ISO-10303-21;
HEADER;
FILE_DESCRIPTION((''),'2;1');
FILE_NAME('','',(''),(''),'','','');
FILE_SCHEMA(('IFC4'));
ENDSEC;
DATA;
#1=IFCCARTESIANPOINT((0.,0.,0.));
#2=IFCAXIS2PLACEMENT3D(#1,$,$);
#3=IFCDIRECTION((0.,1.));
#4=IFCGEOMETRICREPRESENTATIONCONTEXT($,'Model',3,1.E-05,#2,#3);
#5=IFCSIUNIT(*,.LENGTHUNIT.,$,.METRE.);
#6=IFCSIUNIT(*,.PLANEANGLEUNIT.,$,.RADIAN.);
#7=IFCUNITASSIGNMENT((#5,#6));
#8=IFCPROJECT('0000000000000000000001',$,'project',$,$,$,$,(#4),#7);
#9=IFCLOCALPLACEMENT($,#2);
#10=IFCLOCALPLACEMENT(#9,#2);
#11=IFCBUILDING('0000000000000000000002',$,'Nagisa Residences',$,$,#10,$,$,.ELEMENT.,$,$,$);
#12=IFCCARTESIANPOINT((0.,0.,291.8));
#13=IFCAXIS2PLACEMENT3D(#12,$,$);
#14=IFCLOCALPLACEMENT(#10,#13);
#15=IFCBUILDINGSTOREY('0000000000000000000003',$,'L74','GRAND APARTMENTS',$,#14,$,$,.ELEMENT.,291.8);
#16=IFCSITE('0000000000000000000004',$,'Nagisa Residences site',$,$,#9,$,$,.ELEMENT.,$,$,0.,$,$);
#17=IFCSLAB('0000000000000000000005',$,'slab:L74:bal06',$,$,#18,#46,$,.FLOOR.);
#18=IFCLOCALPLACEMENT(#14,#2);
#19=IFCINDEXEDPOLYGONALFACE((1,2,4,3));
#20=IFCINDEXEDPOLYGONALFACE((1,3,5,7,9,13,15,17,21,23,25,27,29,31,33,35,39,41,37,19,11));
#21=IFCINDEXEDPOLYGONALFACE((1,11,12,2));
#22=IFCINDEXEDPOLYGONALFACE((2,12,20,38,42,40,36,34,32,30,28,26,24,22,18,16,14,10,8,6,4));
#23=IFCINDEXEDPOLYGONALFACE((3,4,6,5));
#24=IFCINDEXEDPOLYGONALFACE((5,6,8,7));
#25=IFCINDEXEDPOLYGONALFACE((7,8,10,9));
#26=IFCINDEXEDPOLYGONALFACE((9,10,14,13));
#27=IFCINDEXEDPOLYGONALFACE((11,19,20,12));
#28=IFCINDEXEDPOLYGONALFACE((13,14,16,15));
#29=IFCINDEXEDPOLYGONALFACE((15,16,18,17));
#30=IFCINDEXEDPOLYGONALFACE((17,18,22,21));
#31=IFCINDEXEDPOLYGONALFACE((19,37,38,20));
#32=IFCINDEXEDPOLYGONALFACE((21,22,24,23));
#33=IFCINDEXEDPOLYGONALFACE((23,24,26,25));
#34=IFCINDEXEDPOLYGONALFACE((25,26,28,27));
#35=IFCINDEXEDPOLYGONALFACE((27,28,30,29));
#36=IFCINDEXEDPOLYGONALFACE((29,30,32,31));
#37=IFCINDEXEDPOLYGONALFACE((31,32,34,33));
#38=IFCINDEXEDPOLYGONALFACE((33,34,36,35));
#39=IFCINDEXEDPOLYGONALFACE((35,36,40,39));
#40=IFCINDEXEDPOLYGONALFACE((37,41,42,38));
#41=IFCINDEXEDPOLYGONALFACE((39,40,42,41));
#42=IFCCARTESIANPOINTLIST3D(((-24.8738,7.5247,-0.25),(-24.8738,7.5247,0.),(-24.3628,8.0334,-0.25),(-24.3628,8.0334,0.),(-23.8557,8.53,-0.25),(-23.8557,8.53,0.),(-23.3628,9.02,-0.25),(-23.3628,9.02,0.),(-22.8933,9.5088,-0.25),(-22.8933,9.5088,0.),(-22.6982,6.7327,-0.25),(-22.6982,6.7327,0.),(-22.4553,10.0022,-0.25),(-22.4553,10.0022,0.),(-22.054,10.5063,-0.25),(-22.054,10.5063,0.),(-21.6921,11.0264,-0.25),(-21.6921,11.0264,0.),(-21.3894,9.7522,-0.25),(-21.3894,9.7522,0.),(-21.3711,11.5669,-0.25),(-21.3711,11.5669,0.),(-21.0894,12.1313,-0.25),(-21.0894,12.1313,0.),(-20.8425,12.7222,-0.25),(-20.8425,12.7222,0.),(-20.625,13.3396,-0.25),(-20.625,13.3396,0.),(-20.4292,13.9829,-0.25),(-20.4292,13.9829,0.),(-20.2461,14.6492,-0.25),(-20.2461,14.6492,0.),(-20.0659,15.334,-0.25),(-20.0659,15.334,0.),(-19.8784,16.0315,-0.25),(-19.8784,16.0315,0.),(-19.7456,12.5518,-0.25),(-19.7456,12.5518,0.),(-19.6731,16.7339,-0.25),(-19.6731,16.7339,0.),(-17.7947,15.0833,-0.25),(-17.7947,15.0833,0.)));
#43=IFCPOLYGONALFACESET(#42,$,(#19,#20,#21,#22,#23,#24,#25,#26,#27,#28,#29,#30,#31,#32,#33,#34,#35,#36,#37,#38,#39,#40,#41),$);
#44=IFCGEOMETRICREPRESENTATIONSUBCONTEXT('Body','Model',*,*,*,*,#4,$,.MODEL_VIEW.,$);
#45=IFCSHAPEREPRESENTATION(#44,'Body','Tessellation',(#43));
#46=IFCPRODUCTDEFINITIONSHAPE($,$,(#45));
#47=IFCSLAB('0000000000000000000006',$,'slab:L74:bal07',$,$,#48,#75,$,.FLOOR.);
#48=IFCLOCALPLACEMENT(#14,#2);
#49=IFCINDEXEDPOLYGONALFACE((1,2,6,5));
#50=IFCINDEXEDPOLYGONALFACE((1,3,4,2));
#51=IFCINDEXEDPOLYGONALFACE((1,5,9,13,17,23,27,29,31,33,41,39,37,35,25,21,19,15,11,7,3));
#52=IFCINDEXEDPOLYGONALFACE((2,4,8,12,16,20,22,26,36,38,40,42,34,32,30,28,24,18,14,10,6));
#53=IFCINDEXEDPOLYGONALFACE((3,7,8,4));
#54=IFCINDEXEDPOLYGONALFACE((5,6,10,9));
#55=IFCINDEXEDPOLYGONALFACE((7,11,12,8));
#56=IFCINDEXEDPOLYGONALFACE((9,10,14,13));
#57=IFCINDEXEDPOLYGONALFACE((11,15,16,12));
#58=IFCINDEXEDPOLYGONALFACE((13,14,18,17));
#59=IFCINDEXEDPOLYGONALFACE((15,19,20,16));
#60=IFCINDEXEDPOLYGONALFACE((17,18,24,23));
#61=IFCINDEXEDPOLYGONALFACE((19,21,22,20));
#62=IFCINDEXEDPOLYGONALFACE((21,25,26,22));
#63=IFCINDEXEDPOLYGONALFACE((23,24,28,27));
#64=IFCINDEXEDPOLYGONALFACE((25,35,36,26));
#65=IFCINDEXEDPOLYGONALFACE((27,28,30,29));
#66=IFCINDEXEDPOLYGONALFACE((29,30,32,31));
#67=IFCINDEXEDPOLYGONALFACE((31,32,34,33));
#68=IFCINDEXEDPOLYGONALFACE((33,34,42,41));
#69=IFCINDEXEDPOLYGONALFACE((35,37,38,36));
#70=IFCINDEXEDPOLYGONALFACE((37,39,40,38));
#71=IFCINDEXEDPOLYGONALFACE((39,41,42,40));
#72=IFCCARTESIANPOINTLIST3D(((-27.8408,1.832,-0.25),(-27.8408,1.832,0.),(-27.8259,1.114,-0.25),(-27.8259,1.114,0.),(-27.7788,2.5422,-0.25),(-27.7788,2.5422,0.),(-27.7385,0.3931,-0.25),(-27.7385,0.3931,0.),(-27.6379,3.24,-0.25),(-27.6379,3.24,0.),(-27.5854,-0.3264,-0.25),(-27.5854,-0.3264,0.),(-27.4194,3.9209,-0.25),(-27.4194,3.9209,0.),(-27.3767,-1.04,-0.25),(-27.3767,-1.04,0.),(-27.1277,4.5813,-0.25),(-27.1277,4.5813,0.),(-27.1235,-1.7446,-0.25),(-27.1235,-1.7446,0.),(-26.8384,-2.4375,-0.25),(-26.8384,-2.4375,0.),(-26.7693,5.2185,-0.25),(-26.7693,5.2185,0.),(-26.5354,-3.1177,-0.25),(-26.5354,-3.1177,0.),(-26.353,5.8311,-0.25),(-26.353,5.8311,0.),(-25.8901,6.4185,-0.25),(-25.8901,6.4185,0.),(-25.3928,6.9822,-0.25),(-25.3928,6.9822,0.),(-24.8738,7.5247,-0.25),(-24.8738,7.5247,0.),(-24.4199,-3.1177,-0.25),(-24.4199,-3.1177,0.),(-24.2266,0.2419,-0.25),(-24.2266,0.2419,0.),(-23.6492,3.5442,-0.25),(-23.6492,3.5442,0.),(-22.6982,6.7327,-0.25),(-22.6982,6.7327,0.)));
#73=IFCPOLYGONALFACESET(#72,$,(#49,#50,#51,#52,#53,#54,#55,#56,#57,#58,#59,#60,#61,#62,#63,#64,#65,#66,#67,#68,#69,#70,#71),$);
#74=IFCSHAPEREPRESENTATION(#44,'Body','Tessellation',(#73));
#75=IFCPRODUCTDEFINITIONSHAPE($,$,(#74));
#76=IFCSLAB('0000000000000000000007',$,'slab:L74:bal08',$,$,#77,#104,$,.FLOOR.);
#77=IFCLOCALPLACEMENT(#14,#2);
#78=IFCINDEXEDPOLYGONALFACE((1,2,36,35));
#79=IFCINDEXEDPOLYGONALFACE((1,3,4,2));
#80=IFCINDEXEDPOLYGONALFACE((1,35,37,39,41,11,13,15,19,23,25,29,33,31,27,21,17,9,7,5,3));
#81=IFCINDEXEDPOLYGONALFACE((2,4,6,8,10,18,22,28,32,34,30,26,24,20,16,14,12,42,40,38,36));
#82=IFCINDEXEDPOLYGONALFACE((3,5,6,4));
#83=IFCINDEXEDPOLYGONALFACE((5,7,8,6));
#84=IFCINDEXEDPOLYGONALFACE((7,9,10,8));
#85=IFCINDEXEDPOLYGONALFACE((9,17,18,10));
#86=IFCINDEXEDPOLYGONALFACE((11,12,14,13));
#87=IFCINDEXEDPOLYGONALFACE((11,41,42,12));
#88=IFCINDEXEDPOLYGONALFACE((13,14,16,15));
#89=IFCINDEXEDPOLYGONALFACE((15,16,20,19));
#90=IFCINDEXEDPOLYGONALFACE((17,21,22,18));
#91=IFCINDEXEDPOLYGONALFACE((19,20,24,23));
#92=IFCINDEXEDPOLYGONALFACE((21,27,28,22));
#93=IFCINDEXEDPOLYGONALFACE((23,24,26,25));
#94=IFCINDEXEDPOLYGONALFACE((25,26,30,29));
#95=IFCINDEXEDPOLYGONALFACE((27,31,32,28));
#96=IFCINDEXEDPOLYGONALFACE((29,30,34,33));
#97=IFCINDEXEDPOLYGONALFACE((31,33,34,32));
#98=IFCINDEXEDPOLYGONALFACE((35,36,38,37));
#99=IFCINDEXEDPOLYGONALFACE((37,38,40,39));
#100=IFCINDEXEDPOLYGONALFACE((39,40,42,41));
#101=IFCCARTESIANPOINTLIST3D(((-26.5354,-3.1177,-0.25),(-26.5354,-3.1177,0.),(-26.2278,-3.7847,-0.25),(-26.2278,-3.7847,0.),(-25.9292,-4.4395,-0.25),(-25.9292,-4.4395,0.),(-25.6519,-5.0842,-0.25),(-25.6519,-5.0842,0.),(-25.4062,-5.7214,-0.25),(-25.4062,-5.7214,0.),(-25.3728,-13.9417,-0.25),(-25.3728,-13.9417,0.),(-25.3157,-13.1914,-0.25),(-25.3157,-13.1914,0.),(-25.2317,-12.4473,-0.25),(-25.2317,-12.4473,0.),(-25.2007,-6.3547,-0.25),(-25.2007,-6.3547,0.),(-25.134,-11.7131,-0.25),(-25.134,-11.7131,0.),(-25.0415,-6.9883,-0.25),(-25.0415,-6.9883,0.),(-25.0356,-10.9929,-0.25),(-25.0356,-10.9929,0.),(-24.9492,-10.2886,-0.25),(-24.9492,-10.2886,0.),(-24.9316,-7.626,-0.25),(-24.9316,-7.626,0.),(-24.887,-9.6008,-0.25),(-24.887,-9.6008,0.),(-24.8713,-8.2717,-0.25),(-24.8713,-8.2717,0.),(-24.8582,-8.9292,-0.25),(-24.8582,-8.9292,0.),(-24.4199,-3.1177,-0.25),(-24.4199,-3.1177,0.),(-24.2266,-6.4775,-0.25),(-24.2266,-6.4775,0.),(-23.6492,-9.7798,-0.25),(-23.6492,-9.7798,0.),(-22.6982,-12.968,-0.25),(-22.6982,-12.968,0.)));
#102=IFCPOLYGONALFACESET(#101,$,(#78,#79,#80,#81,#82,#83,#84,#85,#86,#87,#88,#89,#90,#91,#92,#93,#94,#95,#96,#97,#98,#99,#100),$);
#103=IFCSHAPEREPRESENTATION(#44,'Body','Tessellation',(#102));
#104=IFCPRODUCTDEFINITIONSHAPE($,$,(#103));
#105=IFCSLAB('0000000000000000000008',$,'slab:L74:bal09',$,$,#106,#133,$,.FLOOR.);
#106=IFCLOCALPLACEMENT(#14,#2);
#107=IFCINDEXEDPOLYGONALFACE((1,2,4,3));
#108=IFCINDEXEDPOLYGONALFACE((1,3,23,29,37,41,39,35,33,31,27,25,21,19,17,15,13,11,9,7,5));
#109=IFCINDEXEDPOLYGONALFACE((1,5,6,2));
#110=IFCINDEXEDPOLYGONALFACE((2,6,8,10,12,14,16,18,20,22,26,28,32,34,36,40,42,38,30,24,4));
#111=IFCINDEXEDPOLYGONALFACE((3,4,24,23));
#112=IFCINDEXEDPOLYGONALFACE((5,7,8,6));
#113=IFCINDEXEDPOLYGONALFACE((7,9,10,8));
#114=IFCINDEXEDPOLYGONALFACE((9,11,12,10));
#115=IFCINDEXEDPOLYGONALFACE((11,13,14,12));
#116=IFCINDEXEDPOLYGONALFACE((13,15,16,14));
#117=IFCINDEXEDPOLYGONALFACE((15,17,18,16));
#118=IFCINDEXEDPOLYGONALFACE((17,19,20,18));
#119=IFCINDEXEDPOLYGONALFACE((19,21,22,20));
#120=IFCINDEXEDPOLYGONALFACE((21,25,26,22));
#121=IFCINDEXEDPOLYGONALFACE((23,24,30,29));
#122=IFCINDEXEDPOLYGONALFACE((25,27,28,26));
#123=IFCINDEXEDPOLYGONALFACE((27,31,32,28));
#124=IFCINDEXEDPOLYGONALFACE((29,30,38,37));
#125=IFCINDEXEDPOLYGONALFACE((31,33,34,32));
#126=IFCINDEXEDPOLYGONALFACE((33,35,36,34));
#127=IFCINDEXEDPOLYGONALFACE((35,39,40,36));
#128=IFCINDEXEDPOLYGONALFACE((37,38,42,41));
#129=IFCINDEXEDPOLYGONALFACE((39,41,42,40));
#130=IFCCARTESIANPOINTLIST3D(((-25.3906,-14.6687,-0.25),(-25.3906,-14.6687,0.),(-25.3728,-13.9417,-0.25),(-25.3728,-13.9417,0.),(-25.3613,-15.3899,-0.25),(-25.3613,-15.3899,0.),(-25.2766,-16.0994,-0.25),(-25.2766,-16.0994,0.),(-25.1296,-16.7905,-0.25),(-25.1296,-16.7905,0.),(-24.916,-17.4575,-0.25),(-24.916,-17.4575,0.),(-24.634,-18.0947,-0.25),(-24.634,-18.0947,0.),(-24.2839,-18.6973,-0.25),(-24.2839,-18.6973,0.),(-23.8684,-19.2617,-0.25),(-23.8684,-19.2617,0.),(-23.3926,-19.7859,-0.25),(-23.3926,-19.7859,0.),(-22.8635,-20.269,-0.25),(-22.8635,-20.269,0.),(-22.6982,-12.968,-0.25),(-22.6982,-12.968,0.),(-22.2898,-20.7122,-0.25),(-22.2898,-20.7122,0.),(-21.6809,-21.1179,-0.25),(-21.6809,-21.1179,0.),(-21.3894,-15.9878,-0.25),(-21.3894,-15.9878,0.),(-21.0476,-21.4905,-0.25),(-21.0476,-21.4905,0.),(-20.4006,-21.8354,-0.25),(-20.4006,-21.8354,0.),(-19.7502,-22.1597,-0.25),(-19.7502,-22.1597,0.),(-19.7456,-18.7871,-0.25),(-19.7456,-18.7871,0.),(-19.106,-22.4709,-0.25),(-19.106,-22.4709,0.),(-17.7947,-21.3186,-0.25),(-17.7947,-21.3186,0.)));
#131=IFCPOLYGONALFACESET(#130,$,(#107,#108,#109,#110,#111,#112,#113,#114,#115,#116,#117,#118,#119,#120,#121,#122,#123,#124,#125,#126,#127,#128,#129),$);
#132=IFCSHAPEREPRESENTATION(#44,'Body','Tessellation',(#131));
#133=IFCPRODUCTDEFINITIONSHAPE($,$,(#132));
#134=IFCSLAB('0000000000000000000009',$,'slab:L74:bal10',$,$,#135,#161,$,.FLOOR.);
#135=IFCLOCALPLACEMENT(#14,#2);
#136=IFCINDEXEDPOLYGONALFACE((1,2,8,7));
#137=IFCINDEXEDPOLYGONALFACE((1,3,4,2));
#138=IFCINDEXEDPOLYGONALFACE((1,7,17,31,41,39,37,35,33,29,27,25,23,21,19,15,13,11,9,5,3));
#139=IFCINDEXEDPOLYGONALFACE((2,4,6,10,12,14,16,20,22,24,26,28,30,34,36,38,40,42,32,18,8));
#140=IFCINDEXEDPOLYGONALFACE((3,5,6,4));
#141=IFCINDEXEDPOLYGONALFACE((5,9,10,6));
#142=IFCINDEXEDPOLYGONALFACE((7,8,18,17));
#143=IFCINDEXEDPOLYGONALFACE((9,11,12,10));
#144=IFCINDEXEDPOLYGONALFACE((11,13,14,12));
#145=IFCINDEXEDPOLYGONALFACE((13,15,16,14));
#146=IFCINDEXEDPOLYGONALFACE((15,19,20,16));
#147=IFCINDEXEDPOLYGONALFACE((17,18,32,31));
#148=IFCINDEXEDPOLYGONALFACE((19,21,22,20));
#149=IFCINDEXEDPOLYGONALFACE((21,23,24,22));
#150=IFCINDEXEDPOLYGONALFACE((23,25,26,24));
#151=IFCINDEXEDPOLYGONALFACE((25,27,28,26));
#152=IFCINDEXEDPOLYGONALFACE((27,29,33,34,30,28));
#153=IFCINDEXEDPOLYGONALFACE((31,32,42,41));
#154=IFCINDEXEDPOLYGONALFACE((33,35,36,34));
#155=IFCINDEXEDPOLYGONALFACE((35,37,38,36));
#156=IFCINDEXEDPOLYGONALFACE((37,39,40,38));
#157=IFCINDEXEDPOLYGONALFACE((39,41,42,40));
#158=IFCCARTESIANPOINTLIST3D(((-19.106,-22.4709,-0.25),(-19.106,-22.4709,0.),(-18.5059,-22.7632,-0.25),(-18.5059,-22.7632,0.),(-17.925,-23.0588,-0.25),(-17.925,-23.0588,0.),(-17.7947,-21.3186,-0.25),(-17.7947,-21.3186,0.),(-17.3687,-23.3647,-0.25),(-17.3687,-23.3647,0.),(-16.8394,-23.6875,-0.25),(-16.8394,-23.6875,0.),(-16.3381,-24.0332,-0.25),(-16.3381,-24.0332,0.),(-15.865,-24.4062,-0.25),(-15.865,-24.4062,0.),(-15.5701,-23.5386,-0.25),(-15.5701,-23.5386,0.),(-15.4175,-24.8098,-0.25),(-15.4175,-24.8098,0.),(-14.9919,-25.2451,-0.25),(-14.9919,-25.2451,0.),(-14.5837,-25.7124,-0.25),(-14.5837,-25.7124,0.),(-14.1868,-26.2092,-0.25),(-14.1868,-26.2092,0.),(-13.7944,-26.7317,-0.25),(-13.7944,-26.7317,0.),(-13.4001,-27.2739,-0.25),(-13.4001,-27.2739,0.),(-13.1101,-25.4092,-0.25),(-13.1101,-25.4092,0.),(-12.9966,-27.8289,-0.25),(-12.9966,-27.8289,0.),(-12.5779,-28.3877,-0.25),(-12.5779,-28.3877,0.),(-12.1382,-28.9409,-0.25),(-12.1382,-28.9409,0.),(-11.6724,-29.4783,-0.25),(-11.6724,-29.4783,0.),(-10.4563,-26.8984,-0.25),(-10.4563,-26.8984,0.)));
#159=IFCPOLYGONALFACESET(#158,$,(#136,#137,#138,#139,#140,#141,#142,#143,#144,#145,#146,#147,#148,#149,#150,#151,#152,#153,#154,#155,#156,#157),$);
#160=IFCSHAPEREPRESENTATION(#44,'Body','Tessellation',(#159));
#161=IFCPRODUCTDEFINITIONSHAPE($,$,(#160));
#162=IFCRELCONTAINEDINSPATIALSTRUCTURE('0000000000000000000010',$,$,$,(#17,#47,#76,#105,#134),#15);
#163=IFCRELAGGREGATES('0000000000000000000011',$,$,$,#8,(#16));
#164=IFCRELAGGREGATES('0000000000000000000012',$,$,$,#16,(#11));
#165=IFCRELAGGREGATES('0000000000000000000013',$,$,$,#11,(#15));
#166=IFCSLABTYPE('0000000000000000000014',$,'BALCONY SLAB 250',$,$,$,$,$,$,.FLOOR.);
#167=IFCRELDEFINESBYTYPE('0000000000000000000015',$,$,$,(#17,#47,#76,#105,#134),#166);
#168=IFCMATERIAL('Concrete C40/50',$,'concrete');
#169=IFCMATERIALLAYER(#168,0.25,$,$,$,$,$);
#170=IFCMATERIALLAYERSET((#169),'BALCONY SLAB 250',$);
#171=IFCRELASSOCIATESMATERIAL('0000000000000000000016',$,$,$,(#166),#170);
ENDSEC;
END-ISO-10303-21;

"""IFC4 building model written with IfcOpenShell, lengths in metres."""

from ifc_helpers import new_model, si_unit, direction, frame, origin, place, context, subcontext, project, spatial, polyline, outline, extrude, material, layer, layer_set, type_object, element, save


model = new_model("IFC4")

# Units and contexts
model_context = context("Model", 3, precision=1e-05, world=origin(), true_north=direction((0.0, 1.0)))
body_context = subcontext(model_context, "Body", "Model", "MODEL_VIEW")
ifc_project = project(units=[si_unit("LENGTHUNIT", "METRE"), si_unit("PLANEANGLEUNIT", "RADIAN")], contexts=[model_context])

# Site, building, storey
site_placement = place(None, origin())
site = spatial("IfcSite", under=ifc_project, at=site_placement, Name="Nagisa Residences site", CompositionType="ELEMENT", RefElevation=0.0)
building_placement = place(site_placement, origin())
building = spatial("IfcBuilding", under=site, at=building_placement, Name="Nagisa Residences", CompositionType="ELEMENT")
storey_placement = place(building_placement, frame((0.0, 0.0, 291.8)))
storey = spatial("IfcBuildingStorey", under=building, at=storey_placement, Name="L74", Description="GRAND APARTMENTS", CompositionType="ELEMENT", Elevation=291.8)

# Slabs
ifc_material_1 = material(Name="Concrete C40/50", Category="concrete")
ifc_layer_1 = layer(ifc_material_1, 0.25)
ifc_layer_set_1 = layer_set([ifc_layer_1], Name="BALCONY SLAB 250")
slab_type = type_object("IfcSlabType", Name="BALCONY SLAB 250", PredefinedType="FLOOR", material=ifc_layer_set_1)
slab_1_placement = place(storey_placement, frame((0.0, 0.0, -0.25)))
element("IfcSlab", 1, at=slab_1_placement, inside=storey, type_object=slab_type, Name="slab:L74:bal06", PredefinedType="FLOOR", context=body_context, shape_type="SweptSolid", body=[
    extrude(outline(polyline([(-19.6731, 16.7339), (-19.8784, 16.0315), (-20.0659, 15.334), (-20.2461, 14.6492), (-20.4292, 13.9829), (-20.625, 13.3396), (-20.8425, 12.7222), (-21.0894, 12.1313), (-21.3711, 11.5669), (-21.6921, 11.0264), (-22.054, 10.5063), (-22.4553, 10.0022), (-22.8933, 9.5088), (-23.3628, 9.02), (-23.8557, 8.53), (-24.3628, 8.0334), (-24.8738, 7.5247), (-22.6982, 6.7327), (-21.3894, 9.7522), (-19.7456, 12.5518), (-17.7947, 15.0833), (-19.6731, 16.7339)])), origin(), (0.0, 0.0, 1.0), 0.25),
])
slab_2_placement = place(storey_placement, frame((0.0, 0.0, -0.25)))
element("IfcSlab", 2, at=slab_2_placement, inside=storey, type_object=slab_type, Name="slab:L74:bal07", PredefinedType="FLOOR", context=body_context, shape_type="SweptSolid", body=[
    extrude(outline(polyline([(-24.8738, 7.5247), (-25.3928, 6.9822), (-25.8901, 6.4185), (-26.353, 5.8311), (-26.7693, 5.2185), (-27.1277, 4.5813), (-27.4194, 3.9209), (-27.6379, 3.24), (-27.7788, 2.5422), (-27.8408, 1.832), (-27.8259, 1.114), (-27.7385, 0.3931), (-27.5854, -0.3264), (-27.3767, -1.04), (-27.1235, -1.7446), (-26.8384, -2.4375), (-26.5354, -3.1177), (-24.4199, -3.1177), (-24.2266, 0.2419), (-23.6492, 3.5442), (-22.6982, 6.7327), (-24.8738, 7.5247)])), origin(), (0.0, 0.0, 1.0), 0.25),
])
slab_3_placement = place(storey_placement, frame((0.0, 0.0, -0.25)))
element("IfcSlab", 3, at=slab_3_placement, inside=storey, type_object=slab_type, Name="slab:L74:bal08", PredefinedType="FLOOR", context=body_context, shape_type="SweptSolid", body=[
    extrude(outline(polyline([(-26.5354, -3.1177), (-26.2278, -3.7847), (-25.9292, -4.4395), (-25.6519, -5.0842), (-25.4062, -5.7214), (-25.2007, -6.3547), (-25.0415, -6.9883), (-24.9316, -7.626), (-24.8713, -8.2717), (-24.8582, -8.9292), (-24.887, -9.6008), (-24.9492, -10.2886), (-25.0356, -10.9929), (-25.134, -11.7131), (-25.2317, -12.4473), (-25.3157, -13.1914), (-25.3728, -13.9417), (-22.6982, -12.968), (-23.6492, -9.7798), (-24.2266, -6.4775), (-24.4199, -3.1177), (-26.5354, -3.1177)])), origin(), (0.0, 0.0, 1.0), 0.25),
])
slab_4_placement = place(storey_placement, frame((0.0, 0.0, -0.25)))
element("IfcSlab", 4, at=slab_4_placement, inside=storey, type_object=slab_type, Name="slab:L74:bal09", PredefinedType="FLOOR", context=body_context, shape_type="SweptSolid", body=[
    extrude(outline(polyline([(-25.3728, -13.9417), (-25.3906, -14.6687), (-25.3613, -15.3899), (-25.2766, -16.0994), (-25.1296, -16.7905), (-24.916, -17.4575), (-24.634, -18.0947), (-24.2839, -18.6973), (-23.8684, -19.2617), (-23.3926, -19.7859), (-22.8635, -20.269), (-22.2898, -20.7122), (-21.6809, -21.1179), (-21.0476, -21.4905), (-20.4006, -21.8354), (-19.7502, -22.1597), (-19.106, -22.4709), (-17.7947, -21.3186), (-19.7456, -18.7871), (-21.3894, -15.9878), (-22.6982, -12.968), (-25.3728, -13.9417)])), origin(), (0.0, 0.0, 1.0), 0.25),
])
slab_5_placement = place(storey_placement, frame((0.0, 0.0, -0.25)))
element("IfcSlab", 5, at=slab_5_placement, inside=storey, type_object=slab_type, Name="slab:L74:bal10", PredefinedType="FLOOR", context=body_context, shape_type="SweptSolid", body=[
    extrude(outline(polyline([(-19.106, -22.4709), (-18.5059, -22.7632), (-17.925, -23.0588), (-17.3687, -23.3647), (-16.8394, -23.6875), (-16.3381, -24.0332), (-15.865, -24.4062), (-15.4175, -24.8098), (-14.9919, -25.2451), (-14.5837, -25.7124), (-14.1868, -26.2092), (-13.7944, -26.7317), (-13.4001, -27.2739), (-12.9966, -27.8289), (-12.5779, -28.3877), (-12.1382, -28.9409), (-11.6724, -29.4783), (-10.4563, -26.8984), (-13.1101, -25.4092), (-15.5701, -23.5386), (-17.7947, -21.3186), (-19.106, -22.4709)])), origin(), (0.0, 0.0, 1.0), 0.25),
])

save(model, "model.ifc")
